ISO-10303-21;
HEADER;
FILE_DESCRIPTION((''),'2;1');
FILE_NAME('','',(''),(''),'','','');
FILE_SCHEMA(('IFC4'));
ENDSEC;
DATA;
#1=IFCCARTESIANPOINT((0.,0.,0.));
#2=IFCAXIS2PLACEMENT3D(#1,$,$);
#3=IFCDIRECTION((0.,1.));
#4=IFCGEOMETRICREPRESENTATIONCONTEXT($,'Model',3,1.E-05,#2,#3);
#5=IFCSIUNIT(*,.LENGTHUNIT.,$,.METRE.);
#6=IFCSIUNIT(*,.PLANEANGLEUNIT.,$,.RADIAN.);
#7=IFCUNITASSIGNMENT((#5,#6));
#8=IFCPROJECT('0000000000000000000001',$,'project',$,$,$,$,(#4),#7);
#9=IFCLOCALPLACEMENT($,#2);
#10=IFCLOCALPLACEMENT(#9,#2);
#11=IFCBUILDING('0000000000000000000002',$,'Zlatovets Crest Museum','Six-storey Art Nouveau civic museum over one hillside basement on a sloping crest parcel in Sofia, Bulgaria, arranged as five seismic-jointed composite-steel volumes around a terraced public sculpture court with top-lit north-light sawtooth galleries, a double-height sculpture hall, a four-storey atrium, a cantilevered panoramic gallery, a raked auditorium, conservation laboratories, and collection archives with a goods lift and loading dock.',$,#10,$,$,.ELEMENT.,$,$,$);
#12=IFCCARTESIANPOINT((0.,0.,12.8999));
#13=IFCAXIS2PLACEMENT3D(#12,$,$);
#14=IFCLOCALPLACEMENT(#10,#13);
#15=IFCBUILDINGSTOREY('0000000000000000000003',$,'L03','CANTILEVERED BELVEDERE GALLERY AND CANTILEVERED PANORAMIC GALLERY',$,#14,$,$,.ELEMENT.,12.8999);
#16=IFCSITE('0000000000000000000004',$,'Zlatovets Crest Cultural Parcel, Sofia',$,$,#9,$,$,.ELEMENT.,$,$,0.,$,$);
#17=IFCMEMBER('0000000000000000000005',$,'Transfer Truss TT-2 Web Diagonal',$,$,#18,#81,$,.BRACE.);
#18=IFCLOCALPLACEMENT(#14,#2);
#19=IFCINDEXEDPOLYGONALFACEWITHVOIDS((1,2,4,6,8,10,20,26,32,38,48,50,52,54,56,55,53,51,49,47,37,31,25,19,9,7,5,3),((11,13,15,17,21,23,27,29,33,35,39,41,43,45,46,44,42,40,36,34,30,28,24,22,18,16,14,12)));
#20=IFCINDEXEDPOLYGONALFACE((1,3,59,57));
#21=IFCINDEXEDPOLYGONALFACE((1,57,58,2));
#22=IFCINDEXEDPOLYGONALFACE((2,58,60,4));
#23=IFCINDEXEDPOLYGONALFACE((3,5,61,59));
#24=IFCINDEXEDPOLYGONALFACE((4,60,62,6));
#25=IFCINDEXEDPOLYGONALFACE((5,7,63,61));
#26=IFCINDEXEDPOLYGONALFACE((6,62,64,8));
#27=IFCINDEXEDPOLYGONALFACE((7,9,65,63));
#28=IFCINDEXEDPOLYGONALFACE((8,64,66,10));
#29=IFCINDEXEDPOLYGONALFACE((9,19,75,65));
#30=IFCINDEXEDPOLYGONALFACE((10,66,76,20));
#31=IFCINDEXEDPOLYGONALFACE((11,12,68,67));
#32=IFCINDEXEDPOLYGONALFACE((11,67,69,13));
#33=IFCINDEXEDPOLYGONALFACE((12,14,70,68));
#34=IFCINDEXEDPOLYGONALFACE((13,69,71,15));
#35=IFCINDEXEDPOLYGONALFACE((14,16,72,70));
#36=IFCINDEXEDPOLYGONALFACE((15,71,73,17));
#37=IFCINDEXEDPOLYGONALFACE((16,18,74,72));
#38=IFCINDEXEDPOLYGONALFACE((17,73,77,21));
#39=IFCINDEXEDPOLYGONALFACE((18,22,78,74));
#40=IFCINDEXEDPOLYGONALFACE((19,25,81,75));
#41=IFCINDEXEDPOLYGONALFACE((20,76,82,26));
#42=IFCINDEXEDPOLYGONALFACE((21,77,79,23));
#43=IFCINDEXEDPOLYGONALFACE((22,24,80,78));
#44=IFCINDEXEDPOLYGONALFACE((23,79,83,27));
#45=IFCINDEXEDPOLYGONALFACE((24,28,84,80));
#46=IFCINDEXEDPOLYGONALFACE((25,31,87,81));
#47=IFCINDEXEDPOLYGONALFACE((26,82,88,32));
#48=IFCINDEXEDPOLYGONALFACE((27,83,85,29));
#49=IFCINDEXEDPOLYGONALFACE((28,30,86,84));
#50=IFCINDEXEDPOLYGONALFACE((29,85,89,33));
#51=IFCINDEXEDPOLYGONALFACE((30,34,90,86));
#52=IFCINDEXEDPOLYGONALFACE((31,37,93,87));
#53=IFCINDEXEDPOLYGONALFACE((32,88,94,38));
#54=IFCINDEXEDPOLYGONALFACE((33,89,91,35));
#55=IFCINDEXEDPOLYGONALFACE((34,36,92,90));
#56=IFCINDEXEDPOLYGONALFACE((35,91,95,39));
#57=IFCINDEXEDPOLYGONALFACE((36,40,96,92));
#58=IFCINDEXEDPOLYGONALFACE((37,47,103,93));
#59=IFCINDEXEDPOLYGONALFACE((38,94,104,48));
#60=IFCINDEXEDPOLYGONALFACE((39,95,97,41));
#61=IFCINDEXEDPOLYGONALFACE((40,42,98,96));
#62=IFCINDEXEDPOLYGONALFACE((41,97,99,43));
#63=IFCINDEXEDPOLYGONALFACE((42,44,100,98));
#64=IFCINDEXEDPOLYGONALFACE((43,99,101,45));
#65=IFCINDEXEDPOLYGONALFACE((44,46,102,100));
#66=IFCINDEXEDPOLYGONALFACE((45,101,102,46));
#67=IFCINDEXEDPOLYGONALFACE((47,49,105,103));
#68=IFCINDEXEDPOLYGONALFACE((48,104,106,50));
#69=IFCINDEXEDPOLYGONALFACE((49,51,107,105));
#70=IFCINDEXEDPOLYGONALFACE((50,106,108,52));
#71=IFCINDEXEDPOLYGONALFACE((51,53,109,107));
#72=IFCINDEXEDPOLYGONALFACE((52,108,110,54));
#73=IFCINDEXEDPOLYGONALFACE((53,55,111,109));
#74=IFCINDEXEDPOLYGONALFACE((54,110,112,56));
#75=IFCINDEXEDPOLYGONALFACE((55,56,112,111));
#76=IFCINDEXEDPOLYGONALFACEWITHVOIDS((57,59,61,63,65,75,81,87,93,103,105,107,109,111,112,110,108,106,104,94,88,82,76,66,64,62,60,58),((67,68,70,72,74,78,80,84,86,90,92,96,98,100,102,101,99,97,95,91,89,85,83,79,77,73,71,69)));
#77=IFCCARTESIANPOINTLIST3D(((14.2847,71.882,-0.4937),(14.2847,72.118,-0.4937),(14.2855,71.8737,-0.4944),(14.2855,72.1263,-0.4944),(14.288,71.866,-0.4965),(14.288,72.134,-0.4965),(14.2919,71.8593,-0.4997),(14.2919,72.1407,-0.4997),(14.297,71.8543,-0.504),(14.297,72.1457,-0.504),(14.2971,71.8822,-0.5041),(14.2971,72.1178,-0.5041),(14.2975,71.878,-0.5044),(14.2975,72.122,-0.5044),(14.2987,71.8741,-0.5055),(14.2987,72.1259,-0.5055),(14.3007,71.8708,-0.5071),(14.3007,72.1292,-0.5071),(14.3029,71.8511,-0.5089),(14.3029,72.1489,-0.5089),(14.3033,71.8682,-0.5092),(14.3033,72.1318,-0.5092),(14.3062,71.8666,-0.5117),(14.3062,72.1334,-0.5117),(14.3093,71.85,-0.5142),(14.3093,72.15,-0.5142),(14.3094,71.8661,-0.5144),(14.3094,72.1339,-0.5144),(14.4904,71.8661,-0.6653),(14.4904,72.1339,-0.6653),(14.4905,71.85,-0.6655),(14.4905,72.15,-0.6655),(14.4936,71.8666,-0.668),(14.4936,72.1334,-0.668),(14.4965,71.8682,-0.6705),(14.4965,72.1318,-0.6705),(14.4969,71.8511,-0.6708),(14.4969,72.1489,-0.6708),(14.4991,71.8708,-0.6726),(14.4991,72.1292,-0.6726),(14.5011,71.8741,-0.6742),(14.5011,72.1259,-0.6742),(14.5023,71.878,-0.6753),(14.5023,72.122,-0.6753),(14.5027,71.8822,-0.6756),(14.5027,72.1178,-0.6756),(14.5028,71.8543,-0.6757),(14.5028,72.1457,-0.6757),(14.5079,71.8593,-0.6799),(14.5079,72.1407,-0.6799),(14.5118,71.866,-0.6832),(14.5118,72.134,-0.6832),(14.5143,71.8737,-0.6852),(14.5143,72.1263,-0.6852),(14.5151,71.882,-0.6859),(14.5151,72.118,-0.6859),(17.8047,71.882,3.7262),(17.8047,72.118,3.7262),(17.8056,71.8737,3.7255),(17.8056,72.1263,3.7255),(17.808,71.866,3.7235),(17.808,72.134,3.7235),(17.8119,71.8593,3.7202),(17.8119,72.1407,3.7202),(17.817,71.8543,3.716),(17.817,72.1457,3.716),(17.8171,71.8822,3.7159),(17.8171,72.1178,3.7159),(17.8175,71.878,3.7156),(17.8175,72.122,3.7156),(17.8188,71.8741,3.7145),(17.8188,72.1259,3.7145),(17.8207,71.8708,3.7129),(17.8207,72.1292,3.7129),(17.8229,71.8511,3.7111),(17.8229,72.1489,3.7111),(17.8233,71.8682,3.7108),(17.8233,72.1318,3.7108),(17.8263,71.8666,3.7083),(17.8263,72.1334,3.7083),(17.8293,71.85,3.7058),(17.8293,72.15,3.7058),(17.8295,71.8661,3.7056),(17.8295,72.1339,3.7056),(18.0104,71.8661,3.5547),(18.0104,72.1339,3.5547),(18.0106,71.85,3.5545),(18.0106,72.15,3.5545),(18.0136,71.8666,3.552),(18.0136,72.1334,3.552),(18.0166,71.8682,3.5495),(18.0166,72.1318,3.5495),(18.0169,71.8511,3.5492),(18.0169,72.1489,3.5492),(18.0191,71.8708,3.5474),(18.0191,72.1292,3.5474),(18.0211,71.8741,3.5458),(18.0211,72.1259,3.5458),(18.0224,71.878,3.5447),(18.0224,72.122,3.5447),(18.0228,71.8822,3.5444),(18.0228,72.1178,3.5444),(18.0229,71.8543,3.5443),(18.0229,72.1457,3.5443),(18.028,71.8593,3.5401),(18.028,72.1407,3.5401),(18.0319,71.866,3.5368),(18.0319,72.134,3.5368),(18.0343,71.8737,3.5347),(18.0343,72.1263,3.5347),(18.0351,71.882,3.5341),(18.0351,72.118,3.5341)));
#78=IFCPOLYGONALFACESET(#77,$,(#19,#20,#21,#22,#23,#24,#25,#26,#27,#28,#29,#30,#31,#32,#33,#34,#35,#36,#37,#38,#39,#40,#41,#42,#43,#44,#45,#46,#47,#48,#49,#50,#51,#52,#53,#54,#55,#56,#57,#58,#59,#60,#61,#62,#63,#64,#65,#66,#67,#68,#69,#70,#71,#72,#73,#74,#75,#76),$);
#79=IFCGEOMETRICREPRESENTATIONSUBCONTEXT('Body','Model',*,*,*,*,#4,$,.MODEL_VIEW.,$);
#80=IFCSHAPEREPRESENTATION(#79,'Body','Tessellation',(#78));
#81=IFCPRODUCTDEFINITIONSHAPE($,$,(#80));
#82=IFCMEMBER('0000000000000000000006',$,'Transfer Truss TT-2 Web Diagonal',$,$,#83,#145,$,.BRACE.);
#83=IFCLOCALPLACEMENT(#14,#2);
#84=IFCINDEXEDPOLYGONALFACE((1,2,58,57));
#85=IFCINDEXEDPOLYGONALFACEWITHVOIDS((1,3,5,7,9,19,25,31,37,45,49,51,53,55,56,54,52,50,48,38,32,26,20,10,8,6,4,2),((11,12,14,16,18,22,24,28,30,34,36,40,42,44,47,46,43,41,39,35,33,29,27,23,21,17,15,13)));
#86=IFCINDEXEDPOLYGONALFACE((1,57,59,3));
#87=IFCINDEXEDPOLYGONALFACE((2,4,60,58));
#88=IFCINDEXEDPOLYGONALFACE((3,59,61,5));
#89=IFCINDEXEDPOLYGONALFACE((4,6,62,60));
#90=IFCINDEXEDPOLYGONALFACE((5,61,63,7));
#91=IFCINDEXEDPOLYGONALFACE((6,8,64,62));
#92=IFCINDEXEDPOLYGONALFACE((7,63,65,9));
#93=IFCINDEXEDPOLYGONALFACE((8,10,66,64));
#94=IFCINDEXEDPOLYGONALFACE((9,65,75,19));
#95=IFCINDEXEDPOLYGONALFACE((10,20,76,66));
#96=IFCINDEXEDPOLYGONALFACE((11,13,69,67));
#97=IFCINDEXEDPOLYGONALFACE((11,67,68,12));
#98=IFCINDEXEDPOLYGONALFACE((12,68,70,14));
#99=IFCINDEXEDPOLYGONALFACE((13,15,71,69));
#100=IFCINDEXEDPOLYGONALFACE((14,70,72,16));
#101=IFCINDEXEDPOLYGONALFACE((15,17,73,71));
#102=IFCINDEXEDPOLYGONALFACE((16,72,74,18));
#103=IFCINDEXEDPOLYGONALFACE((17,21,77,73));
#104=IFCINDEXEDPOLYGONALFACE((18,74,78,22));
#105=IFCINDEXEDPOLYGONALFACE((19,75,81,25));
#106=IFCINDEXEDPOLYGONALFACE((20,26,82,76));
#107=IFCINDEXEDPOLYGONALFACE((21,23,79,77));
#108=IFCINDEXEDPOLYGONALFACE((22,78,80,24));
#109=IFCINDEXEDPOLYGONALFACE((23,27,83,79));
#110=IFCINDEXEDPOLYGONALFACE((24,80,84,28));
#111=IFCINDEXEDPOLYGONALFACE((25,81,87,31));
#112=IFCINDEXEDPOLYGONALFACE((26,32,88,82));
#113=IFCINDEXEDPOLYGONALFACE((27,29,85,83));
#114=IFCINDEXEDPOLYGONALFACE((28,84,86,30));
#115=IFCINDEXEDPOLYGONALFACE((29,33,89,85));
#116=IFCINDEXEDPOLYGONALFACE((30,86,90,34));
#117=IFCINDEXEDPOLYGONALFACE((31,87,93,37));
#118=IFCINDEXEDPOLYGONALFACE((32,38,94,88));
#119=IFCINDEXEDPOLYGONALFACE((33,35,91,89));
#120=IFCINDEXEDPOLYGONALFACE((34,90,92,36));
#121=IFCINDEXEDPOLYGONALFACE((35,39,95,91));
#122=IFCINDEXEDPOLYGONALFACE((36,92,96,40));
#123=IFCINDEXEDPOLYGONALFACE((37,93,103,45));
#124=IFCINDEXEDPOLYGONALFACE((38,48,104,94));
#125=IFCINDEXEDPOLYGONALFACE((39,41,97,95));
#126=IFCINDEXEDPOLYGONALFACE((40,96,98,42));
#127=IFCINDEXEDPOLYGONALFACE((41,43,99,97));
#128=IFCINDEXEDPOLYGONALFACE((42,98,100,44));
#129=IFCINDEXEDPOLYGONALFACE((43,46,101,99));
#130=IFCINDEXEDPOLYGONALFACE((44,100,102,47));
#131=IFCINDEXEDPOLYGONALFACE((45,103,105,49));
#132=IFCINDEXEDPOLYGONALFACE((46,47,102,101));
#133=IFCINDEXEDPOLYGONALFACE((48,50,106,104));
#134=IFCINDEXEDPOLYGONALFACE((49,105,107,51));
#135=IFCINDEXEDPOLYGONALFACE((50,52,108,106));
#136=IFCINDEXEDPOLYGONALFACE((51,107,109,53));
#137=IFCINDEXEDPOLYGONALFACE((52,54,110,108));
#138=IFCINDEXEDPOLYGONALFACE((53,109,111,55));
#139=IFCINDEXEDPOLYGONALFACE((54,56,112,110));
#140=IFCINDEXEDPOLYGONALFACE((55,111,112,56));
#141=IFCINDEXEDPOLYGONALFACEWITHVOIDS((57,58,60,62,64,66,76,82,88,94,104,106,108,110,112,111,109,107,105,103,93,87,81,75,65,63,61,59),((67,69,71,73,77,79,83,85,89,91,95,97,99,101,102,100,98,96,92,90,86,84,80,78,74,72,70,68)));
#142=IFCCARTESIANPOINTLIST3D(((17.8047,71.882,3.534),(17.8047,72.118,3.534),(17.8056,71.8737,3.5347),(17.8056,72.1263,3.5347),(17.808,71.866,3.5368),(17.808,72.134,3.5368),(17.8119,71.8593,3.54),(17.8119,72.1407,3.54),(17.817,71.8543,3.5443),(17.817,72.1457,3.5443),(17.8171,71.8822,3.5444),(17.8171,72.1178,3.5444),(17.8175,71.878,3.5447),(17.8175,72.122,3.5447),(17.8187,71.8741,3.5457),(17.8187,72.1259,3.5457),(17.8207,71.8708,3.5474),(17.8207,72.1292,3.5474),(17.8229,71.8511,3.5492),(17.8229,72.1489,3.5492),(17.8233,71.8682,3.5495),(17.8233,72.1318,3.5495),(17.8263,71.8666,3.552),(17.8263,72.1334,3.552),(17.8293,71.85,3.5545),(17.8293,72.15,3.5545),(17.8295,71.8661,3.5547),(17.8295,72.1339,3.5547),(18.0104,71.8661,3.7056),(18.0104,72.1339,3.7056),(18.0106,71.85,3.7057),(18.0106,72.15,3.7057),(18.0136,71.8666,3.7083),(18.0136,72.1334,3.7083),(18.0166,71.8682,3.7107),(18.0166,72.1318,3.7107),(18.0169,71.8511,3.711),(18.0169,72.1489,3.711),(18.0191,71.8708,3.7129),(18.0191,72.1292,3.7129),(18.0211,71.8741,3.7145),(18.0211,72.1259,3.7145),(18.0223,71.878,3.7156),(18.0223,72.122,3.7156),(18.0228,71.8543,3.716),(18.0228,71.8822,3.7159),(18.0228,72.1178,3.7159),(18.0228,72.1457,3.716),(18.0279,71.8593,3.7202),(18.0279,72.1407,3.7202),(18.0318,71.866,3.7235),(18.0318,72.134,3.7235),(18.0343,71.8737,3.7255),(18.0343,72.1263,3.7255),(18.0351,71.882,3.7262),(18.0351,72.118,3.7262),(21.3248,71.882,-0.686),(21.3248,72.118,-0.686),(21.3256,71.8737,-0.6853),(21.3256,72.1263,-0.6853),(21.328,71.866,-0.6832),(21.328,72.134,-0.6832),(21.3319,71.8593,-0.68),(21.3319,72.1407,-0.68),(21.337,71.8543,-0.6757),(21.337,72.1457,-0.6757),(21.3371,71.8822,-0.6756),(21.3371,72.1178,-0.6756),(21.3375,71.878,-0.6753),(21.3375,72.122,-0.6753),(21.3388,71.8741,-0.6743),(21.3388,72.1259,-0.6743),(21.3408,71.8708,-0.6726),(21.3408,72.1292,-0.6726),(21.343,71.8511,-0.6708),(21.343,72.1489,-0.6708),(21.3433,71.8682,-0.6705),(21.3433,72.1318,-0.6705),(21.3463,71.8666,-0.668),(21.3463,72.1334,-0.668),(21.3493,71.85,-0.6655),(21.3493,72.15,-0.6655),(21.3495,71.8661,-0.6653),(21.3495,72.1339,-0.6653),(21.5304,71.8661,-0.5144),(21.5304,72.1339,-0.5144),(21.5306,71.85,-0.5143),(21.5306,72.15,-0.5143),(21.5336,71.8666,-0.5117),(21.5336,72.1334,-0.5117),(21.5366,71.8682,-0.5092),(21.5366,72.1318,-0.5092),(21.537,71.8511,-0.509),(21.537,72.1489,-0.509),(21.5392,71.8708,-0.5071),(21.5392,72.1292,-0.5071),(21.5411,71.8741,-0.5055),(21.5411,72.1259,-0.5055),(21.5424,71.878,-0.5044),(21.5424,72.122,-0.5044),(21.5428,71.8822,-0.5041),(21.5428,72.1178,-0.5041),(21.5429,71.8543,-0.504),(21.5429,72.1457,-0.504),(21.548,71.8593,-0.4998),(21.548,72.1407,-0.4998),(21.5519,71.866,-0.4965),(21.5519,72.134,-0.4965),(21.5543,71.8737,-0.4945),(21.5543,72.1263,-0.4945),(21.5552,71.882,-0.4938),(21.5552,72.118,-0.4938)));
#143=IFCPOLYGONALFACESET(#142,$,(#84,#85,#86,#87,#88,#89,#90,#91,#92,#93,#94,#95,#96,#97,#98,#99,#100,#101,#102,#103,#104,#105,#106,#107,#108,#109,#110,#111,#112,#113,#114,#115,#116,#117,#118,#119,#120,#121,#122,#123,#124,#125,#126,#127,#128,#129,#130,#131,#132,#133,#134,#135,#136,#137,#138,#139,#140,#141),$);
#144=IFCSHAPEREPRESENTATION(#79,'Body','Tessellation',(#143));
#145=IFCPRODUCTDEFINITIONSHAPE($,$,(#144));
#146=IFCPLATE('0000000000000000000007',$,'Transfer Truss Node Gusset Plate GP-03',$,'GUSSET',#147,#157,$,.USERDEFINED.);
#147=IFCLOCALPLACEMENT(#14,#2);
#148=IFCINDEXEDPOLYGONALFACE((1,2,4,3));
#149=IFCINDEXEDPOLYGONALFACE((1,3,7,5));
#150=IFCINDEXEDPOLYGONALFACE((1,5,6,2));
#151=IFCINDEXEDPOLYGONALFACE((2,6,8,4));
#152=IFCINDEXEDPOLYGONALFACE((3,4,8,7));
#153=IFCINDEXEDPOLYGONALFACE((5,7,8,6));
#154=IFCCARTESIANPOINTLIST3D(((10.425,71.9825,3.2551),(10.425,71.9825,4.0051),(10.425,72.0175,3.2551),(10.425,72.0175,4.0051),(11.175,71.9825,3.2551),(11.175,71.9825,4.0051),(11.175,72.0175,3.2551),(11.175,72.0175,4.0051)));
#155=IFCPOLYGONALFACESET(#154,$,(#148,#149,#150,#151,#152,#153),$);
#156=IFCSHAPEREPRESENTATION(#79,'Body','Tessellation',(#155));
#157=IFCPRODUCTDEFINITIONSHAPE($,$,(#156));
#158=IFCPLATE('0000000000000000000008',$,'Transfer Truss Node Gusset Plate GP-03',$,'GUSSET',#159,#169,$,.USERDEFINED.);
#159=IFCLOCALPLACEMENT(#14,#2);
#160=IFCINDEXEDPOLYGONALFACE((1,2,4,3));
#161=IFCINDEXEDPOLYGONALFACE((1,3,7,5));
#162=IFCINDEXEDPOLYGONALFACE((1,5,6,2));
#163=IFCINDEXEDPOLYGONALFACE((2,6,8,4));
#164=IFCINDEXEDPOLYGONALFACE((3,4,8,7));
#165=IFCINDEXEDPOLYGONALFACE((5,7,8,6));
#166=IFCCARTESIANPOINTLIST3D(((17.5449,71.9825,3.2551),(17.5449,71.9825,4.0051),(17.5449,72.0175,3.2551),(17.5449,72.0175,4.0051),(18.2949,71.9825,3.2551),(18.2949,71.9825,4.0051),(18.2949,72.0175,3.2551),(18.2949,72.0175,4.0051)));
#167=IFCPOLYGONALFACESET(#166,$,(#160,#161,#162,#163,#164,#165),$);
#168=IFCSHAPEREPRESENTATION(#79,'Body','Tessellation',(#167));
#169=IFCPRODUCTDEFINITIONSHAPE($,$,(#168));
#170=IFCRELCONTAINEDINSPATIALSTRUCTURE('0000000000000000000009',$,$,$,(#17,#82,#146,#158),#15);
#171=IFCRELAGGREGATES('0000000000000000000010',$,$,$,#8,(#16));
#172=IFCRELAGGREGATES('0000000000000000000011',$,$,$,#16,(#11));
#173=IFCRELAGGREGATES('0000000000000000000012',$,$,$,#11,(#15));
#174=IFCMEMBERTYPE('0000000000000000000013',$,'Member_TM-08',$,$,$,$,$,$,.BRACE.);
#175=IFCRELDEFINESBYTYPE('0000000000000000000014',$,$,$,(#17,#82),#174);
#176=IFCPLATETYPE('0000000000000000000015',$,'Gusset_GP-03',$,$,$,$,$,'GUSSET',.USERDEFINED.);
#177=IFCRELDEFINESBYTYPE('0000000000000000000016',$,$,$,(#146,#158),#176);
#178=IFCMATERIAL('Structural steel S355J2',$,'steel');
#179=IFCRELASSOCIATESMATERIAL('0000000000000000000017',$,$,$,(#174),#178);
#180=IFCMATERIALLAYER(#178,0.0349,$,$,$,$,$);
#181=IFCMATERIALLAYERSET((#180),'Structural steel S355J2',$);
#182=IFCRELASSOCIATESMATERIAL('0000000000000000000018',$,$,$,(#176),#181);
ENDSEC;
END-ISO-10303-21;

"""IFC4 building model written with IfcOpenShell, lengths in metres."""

from ifc_helpers import new_model, si_unit, direction, frame, origin, origin_2d, place, context, subcontext, project, spatial, rectangle, hollow_rectangle, extrude, material, layer, layer_set, material_profile, profile_set, type_object, element, save


model = new_model("IFC4")

# Units and contexts
model_context = context("Model", 3, precision=1e-05, world=origin(), true_north=direction((0.0, 1.0)))
body_context = subcontext(model_context, "Body", "Model", "MODEL_VIEW")
ifc_project = project(units=[si_unit("LENGTHUNIT", "METRE"), si_unit("PLANEANGLEUNIT", "RADIAN")], contexts=[model_context])

# Site, building, storey
site_placement = place(None, origin())
site = spatial("IfcSite", under=ifc_project, at=site_placement, Name="Zlatovets Crest Cultural Parcel, Sofia", CompositionType="ELEMENT", RefElevation=0.0)
building_placement = place(site_placement, origin())
building = spatial("IfcBuilding", under=site, at=building_placement, Name="Zlatovets Crest Museum", Description="Six-storey Art Nouveau civic museum over one hillside basement on a sloping crest parcel in Sofia, Bulgaria, arranged as five seismic-jointed composite-steel volumes around a terraced public sculpture court with top-lit north-light sawtooth galleries, a double-height sculpture hall, a four-storey atrium, a cantilevered panoramic gallery, a raked auditorium, conservation laboratories, and collection archives with a goods lift and loading dock.", CompositionType="ELEMENT")
storey_placement = place(building_placement, frame((0.0, 0.0, 12.8999)))
storey = spatial("IfcBuildingStorey", under=building, at=storey_placement, Name="L03", Description="CANTILEVERED BELVEDERE GALLERY AND CANTILEVERED PANORAMIC GALLERY", CompositionType="ELEMENT", Elevation=12.8999)

# Shared definitions
ifc_material = material(Name="Structural steel S355J2", Category="steel")

# Members
ifc_material_profile_1 = material_profile(ifc_material, hollow_rectangle(XDim=0.3, YDim=0.3, WallThickness=0.0161, InnerFilletRadius=0.0161, OuterFilletRadius=0.032, at=origin_2d()), Name="SHS 300x300x16.0")
ifc_profile_set_1 = profile_set([ifc_material_profile_1], Name="Structural steel S355J2")
member_type = type_object("IfcMemberType", Name="Member_TM-08", PredefinedType="BRACE", material=ifc_profile_set_1)
for number, where, z_axis, x_axis, name in (
    (1, (14.3999, 72.0, -0.5898), (0.640547, 0.0, 0.767919), (0.0, 1.0, 0.0), "Transfer Truss TT-2 Web Diagonal"),
    (2, (17.9199, 72.0, 3.6301), (0.640547, 0.0, -0.767919), (0.0, 1.0, 0.0), "Transfer Truss TT-2 Web Diagonal"),
):
    element("IfcMember", number, at=place(storey_placement, frame(where, z_axis=z_axis, x_axis=x_axis)), inside=storey, type_object=member_type, Name=name, PredefinedType="BRACE", context=body_context, shape_type="SweptSolid", body=[
        extrude(hollow_rectangle(XDim=0.3, YDim=0.3, WallThickness=0.0161, InnerFilletRadius=0.0161, OuterFilletRadius=0.032, at=origin_2d()), origin(), (0.0, 0.0, 1.0), 5.4954),
    ])

# Plates
ifc_layer = layer(ifc_material, 0.0349)
ifc_layer_set = layer_set([ifc_layer], Name="Structural steel S355J2")
plate_type = type_object("IfcPlateType", Name="Gusset_GP-03", ElementType="GUSSET", PredefinedType="USERDEFINED", material=ifc_layer_set)
for number, where, z_axis, x_axis, name in (
    (3, (10.8, 72.0, 3.2551), (0.0, 0.0, 1.0), (1.0, 0.0, 0.0), "Transfer Truss Node Gusset Plate GP-03"),
    (4, (17.9199, 72.0, 3.2551), (0.0, 0.0, 1.0), (1.0, 0.0, 0.0), "Transfer Truss Node Gusset Plate GP-03"),
):
    element("IfcPlate", number, at=place(storey_placement, frame(where, z_axis=z_axis, x_axis=x_axis)), inside=storey, type_object=plate_type, Name=name, ObjectType="GUSSET", PredefinedType="USERDEFINED", context=body_context, shape_type="SweptSolid", body=[
        extrude(rectangle(XDim=0.75, YDim=0.0349, at=origin_2d()), origin(), (0.0, 0.0, 1.0), 0.75),
    ])

save(model, "model.ifc")
